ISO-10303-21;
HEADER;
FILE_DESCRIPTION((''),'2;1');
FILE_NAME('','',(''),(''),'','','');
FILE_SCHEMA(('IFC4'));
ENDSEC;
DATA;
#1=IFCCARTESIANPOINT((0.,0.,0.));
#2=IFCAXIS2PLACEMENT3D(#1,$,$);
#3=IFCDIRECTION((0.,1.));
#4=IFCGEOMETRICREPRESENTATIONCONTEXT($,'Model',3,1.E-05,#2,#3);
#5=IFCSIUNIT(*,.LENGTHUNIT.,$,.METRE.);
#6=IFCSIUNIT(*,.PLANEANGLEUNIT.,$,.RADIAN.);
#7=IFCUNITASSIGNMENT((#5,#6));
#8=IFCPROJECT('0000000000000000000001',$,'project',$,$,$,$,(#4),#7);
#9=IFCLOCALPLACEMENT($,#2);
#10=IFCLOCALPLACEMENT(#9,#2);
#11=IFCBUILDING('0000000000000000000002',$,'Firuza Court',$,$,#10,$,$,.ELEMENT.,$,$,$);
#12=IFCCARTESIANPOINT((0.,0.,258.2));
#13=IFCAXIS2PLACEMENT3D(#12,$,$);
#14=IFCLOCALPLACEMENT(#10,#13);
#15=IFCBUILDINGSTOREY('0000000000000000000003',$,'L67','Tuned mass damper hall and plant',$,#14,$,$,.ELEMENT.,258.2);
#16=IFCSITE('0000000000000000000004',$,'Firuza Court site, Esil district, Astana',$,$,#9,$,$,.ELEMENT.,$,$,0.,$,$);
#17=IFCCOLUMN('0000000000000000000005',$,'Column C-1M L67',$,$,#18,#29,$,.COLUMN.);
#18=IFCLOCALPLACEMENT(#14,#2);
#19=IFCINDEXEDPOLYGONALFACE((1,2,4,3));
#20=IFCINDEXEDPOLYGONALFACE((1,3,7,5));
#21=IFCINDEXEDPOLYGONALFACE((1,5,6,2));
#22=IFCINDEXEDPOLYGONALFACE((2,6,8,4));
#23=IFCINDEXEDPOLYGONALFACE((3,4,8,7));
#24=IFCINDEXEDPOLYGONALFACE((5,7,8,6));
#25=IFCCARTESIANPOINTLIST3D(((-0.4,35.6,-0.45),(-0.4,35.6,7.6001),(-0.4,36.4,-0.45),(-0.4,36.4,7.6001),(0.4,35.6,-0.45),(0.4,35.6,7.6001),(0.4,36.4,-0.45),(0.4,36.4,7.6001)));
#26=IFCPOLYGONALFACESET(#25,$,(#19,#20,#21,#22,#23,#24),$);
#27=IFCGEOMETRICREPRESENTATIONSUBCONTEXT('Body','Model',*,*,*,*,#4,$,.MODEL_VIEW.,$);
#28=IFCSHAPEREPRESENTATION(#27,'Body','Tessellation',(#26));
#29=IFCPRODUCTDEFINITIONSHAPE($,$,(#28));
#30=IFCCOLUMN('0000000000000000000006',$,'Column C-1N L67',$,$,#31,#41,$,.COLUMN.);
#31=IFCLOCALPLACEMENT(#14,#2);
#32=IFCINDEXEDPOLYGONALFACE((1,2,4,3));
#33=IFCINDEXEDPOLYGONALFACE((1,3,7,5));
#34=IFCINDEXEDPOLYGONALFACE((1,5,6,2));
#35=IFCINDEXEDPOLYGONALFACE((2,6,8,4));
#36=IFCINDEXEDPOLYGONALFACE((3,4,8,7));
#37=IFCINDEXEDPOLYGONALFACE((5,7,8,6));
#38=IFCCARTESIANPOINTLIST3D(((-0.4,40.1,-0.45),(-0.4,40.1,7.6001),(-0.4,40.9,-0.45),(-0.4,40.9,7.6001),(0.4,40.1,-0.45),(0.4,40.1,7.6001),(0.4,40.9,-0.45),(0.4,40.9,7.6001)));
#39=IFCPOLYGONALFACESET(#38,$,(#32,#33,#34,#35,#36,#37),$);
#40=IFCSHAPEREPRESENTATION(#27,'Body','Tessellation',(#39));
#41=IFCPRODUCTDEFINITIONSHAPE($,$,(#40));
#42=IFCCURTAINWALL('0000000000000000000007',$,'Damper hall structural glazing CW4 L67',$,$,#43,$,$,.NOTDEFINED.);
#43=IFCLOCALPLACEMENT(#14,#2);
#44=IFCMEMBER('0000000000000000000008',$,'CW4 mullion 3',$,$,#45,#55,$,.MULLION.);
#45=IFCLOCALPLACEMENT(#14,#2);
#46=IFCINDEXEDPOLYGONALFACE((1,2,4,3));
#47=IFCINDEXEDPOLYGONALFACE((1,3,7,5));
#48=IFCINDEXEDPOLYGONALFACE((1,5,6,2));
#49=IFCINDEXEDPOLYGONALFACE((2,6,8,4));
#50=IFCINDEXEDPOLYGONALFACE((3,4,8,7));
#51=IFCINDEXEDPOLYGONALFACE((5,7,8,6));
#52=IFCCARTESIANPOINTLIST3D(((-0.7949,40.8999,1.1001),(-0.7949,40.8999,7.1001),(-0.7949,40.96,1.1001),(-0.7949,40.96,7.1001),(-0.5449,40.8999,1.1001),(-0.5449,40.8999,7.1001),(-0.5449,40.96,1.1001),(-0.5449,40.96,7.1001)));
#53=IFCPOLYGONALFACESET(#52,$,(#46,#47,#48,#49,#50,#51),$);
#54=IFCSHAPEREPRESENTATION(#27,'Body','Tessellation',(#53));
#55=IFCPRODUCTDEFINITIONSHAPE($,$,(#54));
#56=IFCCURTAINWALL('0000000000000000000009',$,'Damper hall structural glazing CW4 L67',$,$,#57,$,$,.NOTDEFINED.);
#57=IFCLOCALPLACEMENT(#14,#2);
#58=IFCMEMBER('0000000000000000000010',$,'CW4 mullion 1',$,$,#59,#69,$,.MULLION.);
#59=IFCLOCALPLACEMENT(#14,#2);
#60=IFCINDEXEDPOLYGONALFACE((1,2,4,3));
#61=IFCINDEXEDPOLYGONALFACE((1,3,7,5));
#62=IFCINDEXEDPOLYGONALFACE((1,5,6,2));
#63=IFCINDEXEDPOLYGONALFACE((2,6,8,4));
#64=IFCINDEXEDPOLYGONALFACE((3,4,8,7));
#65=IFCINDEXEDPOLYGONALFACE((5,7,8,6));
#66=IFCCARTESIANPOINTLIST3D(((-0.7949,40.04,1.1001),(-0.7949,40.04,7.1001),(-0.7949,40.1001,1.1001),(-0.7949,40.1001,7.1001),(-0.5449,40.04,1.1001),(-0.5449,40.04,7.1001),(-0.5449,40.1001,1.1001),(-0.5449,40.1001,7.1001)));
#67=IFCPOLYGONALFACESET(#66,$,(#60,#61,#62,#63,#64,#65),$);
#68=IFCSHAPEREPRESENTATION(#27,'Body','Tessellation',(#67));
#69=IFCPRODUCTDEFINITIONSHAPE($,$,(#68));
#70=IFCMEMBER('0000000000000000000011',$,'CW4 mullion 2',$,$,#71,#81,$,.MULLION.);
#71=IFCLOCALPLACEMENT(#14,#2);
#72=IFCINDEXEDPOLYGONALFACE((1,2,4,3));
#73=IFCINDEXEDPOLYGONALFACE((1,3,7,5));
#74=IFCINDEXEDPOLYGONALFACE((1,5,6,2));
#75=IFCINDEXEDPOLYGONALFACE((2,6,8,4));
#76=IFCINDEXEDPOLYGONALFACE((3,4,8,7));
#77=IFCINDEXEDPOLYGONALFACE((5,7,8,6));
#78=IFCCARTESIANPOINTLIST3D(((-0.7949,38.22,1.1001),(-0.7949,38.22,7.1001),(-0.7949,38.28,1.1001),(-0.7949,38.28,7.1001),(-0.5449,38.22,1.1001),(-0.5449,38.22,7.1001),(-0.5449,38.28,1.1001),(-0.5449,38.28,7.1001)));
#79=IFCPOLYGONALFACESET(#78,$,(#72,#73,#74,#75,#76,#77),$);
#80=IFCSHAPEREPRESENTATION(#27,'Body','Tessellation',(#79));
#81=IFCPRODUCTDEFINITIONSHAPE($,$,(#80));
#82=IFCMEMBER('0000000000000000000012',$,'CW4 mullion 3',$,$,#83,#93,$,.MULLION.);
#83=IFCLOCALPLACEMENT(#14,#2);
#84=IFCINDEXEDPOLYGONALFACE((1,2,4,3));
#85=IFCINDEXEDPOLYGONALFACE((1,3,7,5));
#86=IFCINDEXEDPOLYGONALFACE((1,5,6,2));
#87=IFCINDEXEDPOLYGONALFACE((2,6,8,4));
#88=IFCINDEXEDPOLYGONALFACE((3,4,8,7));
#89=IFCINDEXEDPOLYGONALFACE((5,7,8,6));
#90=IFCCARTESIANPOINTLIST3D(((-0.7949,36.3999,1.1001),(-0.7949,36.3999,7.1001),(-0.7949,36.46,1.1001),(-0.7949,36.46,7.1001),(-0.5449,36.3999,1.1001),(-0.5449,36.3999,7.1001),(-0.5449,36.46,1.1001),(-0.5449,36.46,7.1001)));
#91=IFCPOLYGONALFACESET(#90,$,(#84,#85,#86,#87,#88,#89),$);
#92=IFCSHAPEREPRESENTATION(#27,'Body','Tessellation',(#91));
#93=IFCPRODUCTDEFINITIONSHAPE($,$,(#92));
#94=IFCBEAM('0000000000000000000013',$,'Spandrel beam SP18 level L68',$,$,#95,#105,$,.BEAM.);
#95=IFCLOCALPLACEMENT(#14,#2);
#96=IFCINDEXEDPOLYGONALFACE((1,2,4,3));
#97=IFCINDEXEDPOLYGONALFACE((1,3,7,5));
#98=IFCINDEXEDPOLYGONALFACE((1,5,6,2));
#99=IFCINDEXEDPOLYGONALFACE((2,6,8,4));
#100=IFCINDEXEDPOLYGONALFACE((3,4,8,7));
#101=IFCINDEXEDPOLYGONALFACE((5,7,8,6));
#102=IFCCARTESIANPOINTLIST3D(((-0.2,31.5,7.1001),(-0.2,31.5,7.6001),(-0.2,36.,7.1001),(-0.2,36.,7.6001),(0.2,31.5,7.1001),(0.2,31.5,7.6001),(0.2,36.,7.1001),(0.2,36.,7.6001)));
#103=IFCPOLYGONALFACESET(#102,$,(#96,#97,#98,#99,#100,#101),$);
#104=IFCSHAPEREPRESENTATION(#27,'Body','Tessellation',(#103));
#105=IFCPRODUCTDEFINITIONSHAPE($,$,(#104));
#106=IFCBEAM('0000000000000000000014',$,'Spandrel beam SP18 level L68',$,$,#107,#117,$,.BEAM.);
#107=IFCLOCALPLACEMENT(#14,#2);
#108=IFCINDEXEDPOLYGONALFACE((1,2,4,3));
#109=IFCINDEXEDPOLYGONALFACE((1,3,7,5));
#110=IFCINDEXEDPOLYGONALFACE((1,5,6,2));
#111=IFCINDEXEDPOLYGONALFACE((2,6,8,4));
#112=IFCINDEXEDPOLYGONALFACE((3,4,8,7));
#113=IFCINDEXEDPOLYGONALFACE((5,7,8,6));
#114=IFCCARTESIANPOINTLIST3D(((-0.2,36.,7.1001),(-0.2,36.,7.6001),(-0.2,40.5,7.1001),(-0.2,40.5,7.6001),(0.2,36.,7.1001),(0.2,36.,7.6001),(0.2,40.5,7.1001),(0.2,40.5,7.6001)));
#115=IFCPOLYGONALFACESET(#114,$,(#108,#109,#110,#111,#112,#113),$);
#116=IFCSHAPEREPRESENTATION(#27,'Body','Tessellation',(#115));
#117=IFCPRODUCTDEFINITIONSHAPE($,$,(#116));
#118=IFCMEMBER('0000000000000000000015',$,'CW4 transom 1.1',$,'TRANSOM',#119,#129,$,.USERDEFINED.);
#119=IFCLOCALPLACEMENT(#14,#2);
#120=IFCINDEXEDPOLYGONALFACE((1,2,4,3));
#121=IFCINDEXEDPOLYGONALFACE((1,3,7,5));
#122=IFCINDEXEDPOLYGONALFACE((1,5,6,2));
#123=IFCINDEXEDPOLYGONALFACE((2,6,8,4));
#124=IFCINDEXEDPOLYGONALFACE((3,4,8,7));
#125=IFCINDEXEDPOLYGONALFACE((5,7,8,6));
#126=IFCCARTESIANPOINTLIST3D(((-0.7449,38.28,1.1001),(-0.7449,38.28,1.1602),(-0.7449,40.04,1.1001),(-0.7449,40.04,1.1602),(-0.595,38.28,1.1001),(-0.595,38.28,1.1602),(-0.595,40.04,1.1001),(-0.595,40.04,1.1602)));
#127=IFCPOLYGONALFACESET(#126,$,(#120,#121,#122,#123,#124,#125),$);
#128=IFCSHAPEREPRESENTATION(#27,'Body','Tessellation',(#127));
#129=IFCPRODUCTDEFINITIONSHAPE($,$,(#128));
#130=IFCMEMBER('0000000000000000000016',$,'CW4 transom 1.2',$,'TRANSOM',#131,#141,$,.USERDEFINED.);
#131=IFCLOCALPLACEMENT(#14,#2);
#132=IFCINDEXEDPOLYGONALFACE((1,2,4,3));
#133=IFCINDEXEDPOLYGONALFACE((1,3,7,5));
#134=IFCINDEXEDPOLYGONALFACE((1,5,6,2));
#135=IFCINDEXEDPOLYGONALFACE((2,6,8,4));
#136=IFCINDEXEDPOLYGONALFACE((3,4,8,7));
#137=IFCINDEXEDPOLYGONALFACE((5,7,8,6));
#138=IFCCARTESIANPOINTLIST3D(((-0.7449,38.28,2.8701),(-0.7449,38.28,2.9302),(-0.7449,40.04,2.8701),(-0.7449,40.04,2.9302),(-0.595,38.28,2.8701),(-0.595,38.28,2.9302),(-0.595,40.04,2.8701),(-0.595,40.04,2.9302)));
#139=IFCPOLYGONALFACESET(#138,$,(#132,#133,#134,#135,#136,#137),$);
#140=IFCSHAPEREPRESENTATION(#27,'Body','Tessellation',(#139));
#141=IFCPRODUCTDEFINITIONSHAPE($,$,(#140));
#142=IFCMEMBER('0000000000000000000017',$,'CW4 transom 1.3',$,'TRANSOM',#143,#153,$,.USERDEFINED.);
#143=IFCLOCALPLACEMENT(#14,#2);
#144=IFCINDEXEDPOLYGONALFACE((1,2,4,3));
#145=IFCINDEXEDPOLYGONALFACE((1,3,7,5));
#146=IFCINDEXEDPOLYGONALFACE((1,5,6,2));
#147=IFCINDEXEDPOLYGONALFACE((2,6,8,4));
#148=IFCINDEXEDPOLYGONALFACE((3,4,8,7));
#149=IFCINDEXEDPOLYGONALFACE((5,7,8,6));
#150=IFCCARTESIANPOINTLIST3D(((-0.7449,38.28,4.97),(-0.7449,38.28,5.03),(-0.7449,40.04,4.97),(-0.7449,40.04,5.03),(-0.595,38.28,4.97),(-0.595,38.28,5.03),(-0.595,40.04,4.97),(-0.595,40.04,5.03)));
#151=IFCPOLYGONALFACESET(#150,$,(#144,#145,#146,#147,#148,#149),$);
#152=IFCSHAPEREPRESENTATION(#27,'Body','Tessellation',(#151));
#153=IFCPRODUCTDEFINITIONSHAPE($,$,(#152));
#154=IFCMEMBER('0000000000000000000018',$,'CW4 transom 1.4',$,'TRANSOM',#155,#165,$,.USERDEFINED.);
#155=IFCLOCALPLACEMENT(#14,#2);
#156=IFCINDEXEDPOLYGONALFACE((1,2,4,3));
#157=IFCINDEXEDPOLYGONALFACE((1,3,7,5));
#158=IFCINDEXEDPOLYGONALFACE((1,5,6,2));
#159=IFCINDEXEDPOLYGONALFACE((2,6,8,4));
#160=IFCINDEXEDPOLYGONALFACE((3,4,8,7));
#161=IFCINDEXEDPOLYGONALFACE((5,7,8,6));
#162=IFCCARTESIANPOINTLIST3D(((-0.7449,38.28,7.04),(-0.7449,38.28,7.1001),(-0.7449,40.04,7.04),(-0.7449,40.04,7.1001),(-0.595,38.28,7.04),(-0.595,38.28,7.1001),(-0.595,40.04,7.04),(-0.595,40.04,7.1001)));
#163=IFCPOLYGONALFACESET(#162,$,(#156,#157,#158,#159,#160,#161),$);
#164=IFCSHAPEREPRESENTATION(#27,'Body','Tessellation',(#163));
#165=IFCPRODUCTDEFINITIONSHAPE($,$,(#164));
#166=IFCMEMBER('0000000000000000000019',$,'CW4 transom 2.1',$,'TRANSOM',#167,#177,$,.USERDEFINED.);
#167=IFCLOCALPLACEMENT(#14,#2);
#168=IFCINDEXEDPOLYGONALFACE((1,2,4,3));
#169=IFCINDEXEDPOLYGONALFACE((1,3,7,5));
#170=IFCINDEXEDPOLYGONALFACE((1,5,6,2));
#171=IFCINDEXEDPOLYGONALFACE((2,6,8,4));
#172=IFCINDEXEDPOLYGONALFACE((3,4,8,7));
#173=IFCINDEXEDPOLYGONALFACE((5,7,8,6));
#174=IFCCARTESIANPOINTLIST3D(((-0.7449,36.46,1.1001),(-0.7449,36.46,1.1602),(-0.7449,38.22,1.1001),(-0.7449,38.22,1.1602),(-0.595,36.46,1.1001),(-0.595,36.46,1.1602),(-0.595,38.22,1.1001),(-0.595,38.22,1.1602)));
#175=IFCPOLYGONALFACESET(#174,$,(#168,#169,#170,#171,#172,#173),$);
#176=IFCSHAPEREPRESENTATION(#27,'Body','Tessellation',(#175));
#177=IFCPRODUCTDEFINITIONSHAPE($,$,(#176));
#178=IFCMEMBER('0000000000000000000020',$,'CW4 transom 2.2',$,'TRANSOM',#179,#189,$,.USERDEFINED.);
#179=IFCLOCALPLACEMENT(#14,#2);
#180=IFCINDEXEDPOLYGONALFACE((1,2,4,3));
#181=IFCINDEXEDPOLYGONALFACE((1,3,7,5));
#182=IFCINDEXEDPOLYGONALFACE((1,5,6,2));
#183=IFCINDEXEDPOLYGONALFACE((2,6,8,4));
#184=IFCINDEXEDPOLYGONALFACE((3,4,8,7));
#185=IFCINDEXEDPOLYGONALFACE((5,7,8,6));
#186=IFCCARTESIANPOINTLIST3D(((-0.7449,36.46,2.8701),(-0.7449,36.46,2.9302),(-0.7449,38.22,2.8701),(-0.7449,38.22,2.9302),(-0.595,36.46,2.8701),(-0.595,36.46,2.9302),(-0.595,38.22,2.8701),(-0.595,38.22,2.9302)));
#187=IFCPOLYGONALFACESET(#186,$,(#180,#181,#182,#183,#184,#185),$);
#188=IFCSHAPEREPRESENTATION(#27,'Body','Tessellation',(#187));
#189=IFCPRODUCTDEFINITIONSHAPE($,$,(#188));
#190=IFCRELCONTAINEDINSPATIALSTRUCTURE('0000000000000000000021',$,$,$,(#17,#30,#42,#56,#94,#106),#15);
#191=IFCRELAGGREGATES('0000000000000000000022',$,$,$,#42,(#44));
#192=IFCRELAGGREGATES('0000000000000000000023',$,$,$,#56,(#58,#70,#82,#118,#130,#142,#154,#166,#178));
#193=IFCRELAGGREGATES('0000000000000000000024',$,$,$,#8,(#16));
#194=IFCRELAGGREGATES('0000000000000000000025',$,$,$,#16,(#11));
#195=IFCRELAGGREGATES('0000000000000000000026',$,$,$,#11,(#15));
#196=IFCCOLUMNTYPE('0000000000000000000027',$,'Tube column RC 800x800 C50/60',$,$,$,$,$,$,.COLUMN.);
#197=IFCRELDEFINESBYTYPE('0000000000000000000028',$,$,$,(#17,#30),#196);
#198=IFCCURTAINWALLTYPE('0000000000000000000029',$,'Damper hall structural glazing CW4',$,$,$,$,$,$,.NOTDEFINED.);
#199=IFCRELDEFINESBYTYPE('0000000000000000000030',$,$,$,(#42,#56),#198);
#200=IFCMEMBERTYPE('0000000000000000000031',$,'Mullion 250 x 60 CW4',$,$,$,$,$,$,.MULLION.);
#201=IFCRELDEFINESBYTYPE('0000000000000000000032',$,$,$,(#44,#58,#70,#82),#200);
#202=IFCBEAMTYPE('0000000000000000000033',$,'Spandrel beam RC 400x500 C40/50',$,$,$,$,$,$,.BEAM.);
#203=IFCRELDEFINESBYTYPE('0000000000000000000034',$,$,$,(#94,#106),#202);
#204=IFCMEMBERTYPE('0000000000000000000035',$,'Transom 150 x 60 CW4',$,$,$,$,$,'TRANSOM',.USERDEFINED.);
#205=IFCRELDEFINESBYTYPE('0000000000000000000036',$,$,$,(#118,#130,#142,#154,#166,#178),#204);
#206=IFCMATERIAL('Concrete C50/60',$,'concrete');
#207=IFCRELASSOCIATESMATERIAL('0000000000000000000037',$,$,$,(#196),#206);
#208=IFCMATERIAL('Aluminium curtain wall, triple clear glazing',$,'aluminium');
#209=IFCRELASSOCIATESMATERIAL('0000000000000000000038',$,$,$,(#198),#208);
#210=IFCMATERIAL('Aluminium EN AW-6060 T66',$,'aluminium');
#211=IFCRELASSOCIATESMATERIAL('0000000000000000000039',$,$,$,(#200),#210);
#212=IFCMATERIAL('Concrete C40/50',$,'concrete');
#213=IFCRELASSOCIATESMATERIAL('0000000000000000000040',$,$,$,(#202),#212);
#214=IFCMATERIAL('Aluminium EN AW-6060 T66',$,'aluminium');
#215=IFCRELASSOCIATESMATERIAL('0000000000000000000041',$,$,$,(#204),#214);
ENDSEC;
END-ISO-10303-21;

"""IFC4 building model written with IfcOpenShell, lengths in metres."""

from ifc_helpers import new_model, si_unit, direction, frame, origin, origin_2d, place, context, subcontext, project, spatial, rectangle, extrude, material, material_profile, profile_set, type_object, element, aggregate, save


model = new_model("IFC4")

# Units and contexts
model_context = context("Model", 3, precision=1e-05, world=origin(), true_north=direction((0.0, 1.0)))
body_context = subcontext(model_context, "Body", "Model", "MODEL_VIEW")
ifc_project = project(units=[si_unit("LENGTHUNIT", "METRE"), si_unit("PLANEANGLEUNIT", "RADIAN")], contexts=[model_context])

# Site, building, storey
site_placement = place(None, origin())
site = spatial("IfcSite", under=ifc_project, at=site_placement, Name="Firuza Court site, Esil district, Astana", CompositionType="ELEMENT", RefElevation=0.0)
building_placement = place(site_placement, origin())
building = spatial("IfcBuilding", under=site, at=building_placement, Name="Firuza Court", CompositionType="ELEMENT")
storey_placement = place(building_placement, frame((0.0, 0.0, 258.2)))
storey = spatial("IfcBuildingStorey", under=building, at=storey_placement, Name="L67", Description="Tuned mass damper hall and plant", CompositionType="ELEMENT", Elevation=258.2)

# Columns
ifc_material_1 = material(Name="Concrete C50/60", Category="concrete")
ifc_material_profile_1 = material_profile(ifc_material_1, rectangle(XDim=0.8, YDim=0.8, at=origin_2d()), Name="RC 800x800")
ifc_profile_set_1 = profile_set([ifc_material_profile_1], Name="Concrete C50/60")
column_type = type_object("IfcColumnType", Name="Tube column RC 800x800 C50/60", PredefinedType="COLUMN", material=ifc_profile_set_1)
for number, where, z_axis, x_axis, name in (
    (1, (0.0, 36.0, -0.45), (0.0, 0.0, 1.0), (1.0, 0.0, 0.0), "Column C-1M L67"),
    (2, (0.0, 40.5, -0.45), (0.0, 0.0, 1.0), (1.0, 0.0, 0.0), "Column C-1N L67"),
):
    element("IfcColumn", number, at=place(storey_placement, frame(where, z_axis=z_axis, x_axis=x_axis)), inside=storey, type_object=column_type, Name=name, PredefinedType="COLUMN", context=body_context, shape_type="SweptSolid", body=[
        extrude(rectangle(XDim=0.8, YDim=0.8, at=origin_2d()), origin(), (0.0, 0.0, 1.0), 8.05),
    ])

# Curtain wall, member
ifc_material_2 = material(Name="Aluminium curtain wall, triple clear glazing", Category="aluminium")
curtain_wall_type = type_object("IfcCurtainWallType", Name="Damper hall structural glazing CW4", PredefinedType="NOTDEFINED", material=ifc_material_2)
curtain_wall_1_placement = place(storey_placement, origin())
curtain_wall_1 = element("IfcCurtainWall", 3, at=curtain_wall_1_placement, inside=storey, type_object=curtain_wall_type, Name="Damper hall structural glazing CW4 L67", PredefinedType="NOTDEFINED")
ifc_material_3 = material(Name="Aluminium EN AW-6060 T66", Category="aluminium")
ifc_material_profile_2 = material_profile(ifc_material_3, rectangle(XDim=0.25, YDim=0.0601, at=origin_2d()), Name="Mullion 250 x 60 CW4")
ifc_profile_set_2 = profile_set([ifc_material_profile_2], Name="Aluminium EN AW-6060 T66")
member_type_1 = type_object("IfcMemberType", Name="Mullion 250 x 60 CW4", PredefinedType="MULLION", material=ifc_profile_set_2)
member_1_placement = place(storey_placement, frame((-0.6699, 40.9299, 1.1001), z_axis=(0.0, 0.0, 1.0), x_axis=(1.0, 0.0, 0.0)))
member_1 = element("IfcMember", 4, at=member_1_placement, type_object=member_type_1, Name="CW4 mullion 3", PredefinedType="MULLION", context=body_context, shape_type="SweptSolid", body=[
    extrude(rectangle(XDim=0.25, YDim=0.0601, at=origin_2d()), origin(), (0.0, 0.0, 1.0), 6.0),
])
aggregate(curtain_wall_1, [member_1])

# Curtain wall, members
curtain_wall_2_placement = place(storey_placement, origin())
curtain_wall_2 = element("IfcCurtainWall", 5, at=curtain_wall_2_placement, inside=storey, type_object=curtain_wall_type, Name="Damper hall structural glazing CW4 L67", PredefinedType="NOTDEFINED")
member_2_placement = place(storey_placement, frame((-0.6699, 40.0701, 1.1001), z_axis=(0.0, 0.0, 1.0), x_axis=(1.0, 0.0, 0.0)))
member_2 = element("IfcMember", 6, at=member_2_placement, type_object=member_type_1, Name="CW4 mullion 1", PredefinedType="MULLION", context=body_context, shape_type="SweptSolid", body=[
    extrude(rectangle(XDim=0.25, YDim=0.0601, at=origin_2d()), origin(), (0.0, 0.0, 1.0), 6.0),
])
member_3_placement = place(storey_placement, frame((-0.6699, 38.25, 1.1001), z_axis=(0.0, 0.0, 1.0), x_axis=(1.0, 0.0, 0.0)))
member_3 = element("IfcMember", 7, at=member_3_placement, type_object=member_type_1, Name="CW4 mullion 2", PredefinedType="MULLION", context=body_context, shape_type="SweptSolid", body=[
    extrude(rectangle(XDim=0.25, YDim=0.0601, at=origin_2d()), origin(), (0.0, 0.0, 1.0), 6.0),
])
member_4_placement = place(storey_placement, frame((-0.6699, 36.4299, 1.1001), z_axis=(0.0, 0.0, 1.0), x_axis=(1.0, 0.0, 0.0)))
member_4 = element("IfcMember", 8, at=member_4_placement, type_object=member_type_1, Name="CW4 mullion 3", PredefinedType="MULLION", context=body_context, shape_type="SweptSolid", body=[
    extrude(rectangle(XDim=0.25, YDim=0.0601, at=origin_2d()), origin(), (0.0, 0.0, 1.0), 6.0),
])

# Beams
ifc_material_4 = material(Name="Concrete C40/50", Category="concrete")
ifc_material_profile_3 = material_profile(ifc_material_4, rectangle(XDim=0.3999, YDim=0.5, at=origin_2d()), Name="RC 400x500")
ifc_profile_set_3 = profile_set([ifc_material_profile_3], Name="Concrete C40/50")
beam_type = type_object("IfcBeamType", Name="Spandrel beam RC 400x500 C40/50", PredefinedType="BEAM", material=ifc_profile_set_3)
for number, where, z_axis, x_axis, name in (
    (9, (0.0, 36.0, 7.3501), (0.0, -1.0, 0.0), (1.0, 0.0, 0.0), "Spandrel beam SP18 level L68"),
    (10, (0.0, 40.5, 7.3501), (0.0, -1.0, 0.0), (1.0, 0.0, 0.0), "Spandrel beam SP18 level L68"),
):
    element("IfcBeam", number, at=place(storey_placement, frame(where, z_axis=z_axis, x_axis=x_axis)), inside=storey, type_object=beam_type, Name=name, PredefinedType="BEAM", context=body_context, shape_type="SweptSolid", body=[
        extrude(rectangle(XDim=0.3999, YDim=0.5, at=origin_2d()), origin(), (0.0, 0.0, 1.0), 4.5),
    ])

# Members
ifc_material_5 = material(Name="Aluminium EN AW-6060 T66", Category="aluminium")
ifc_material_profile_4 = material_profile(ifc_material_5, rectangle(XDim=0.1499, YDim=0.0601, at=origin_2d()), Name="Transom 150 x 60 CW4")
ifc_profile_set_4 = profile_set([ifc_material_profile_4], Name="Aluminium EN AW-6060 T66")
member_type_2 = type_object("IfcMemberType", Name="Transom 150 x 60 CW4", ElementType="TRANSOM", PredefinedType="USERDEFINED", material=ifc_profile_set_4)
member_5_placement = place(storey_placement, frame((-0.6699, 40.04, 1.1301), z_axis=(0.0, -1.0, 0.0), x_axis=(1.0, 0.0, 0.0)))
member_5 = element("IfcMember", 11, at=member_5_placement, type_object=member_type_2, Name="CW4 transom 1.1", ObjectType="TRANSOM", PredefinedType="USERDEFINED", context=body_context, shape_type="SweptSolid", body=[
    extrude(rectangle(XDim=0.1499, YDim=0.0601, at=origin_2d()), origin(), (0.0, 0.0, 1.0), 1.76),
])
member_6_placement = place(storey_placement, frame((-0.6699, 40.04, 2.9001), z_axis=(0.0, -1.0, 0.0), x_axis=(1.0, 0.0, 0.0)))
member_6 = element("IfcMember", 12, at=member_6_placement, type_object=member_type_2, Name="CW4 transom 1.2", ObjectType="TRANSOM", PredefinedType="USERDEFINED", context=body_context, shape_type="SweptSolid", body=[
    extrude(rectangle(XDim=0.1499, YDim=0.0601, at=origin_2d()), origin(), (0.0, 0.0, 1.0), 1.76),
])
member_7_placement = place(storey_placement, frame((-0.6699, 40.04, 5.0), z_axis=(0.0, -1.0, 0.0), x_axis=(1.0, 0.0, 0.0)))
member_7 = element("IfcMember", 13, at=member_7_placement, type_object=member_type_2, Name="CW4 transom 1.3", ObjectType="TRANSOM", PredefinedType="USERDEFINED", context=body_context, shape_type="SweptSolid", body=[
    extrude(rectangle(XDim=0.1499, YDim=0.0601, at=origin_2d()), origin(), (0.0, 0.0, 1.0), 1.76),
])
member_8_placement = place(storey_placement, frame((-0.6699, 40.04, 7.0701), z_axis=(0.0, -1.0, 0.0), x_axis=(1.0, 0.0, 0.0)))
member_8 = element("IfcMember", 14, at=member_8_placement, type_object=member_type_2, Name="CW4 transom 1.4", ObjectType="TRANSOM", PredefinedType="USERDEFINED", context=body_context, shape_type="SweptSolid", body=[
    extrude(rectangle(XDim=0.1499, YDim=0.0601, at=origin_2d()), origin(), (0.0, 0.0, 1.0), 1.76),
])
member_9_placement = place(storey_placement, frame((-0.6699, 38.22, 1.1301), z_axis=(0.0, -1.0, 0.0), x_axis=(1.0, 0.0, 0.0)))
member_9 = element("IfcMember", 15, at=member_9_placement, type_object=member_type_2, Name="CW4 transom 2.1", ObjectType="TRANSOM", PredefinedType="USERDEFINED", context=body_context, shape_type="SweptSolid", body=[
    extrude(rectangle(XDim=0.1499, YDim=0.0601, at=origin_2d()), origin(), (0.0, 0.0, 1.0), 1.76),
])
member_10_placement = place(storey_placement, frame((-0.6699, 38.22, 2.9001), z_axis=(0.0, -1.0, 0.0), x_axis=(1.0, 0.0, 0.0)))
member_10 = element("IfcMember", 16, at=member_10_placement, type_object=member_type_2, Name="CW4 transom 2.2", ObjectType="TRANSOM", PredefinedType="USERDEFINED", context=body_context, shape_type="SweptSolid", body=[
    extrude(rectangle(XDim=0.1499, YDim=0.0601, at=origin_2d()), origin(), (0.0, 0.0, 1.0), 1.76),
])

aggregate(curtain_wall_2, [member_2, member_3, member_4, member_5, member_6, member_7, member_8, member_9, member_10])

save(model, "model.ifc")
